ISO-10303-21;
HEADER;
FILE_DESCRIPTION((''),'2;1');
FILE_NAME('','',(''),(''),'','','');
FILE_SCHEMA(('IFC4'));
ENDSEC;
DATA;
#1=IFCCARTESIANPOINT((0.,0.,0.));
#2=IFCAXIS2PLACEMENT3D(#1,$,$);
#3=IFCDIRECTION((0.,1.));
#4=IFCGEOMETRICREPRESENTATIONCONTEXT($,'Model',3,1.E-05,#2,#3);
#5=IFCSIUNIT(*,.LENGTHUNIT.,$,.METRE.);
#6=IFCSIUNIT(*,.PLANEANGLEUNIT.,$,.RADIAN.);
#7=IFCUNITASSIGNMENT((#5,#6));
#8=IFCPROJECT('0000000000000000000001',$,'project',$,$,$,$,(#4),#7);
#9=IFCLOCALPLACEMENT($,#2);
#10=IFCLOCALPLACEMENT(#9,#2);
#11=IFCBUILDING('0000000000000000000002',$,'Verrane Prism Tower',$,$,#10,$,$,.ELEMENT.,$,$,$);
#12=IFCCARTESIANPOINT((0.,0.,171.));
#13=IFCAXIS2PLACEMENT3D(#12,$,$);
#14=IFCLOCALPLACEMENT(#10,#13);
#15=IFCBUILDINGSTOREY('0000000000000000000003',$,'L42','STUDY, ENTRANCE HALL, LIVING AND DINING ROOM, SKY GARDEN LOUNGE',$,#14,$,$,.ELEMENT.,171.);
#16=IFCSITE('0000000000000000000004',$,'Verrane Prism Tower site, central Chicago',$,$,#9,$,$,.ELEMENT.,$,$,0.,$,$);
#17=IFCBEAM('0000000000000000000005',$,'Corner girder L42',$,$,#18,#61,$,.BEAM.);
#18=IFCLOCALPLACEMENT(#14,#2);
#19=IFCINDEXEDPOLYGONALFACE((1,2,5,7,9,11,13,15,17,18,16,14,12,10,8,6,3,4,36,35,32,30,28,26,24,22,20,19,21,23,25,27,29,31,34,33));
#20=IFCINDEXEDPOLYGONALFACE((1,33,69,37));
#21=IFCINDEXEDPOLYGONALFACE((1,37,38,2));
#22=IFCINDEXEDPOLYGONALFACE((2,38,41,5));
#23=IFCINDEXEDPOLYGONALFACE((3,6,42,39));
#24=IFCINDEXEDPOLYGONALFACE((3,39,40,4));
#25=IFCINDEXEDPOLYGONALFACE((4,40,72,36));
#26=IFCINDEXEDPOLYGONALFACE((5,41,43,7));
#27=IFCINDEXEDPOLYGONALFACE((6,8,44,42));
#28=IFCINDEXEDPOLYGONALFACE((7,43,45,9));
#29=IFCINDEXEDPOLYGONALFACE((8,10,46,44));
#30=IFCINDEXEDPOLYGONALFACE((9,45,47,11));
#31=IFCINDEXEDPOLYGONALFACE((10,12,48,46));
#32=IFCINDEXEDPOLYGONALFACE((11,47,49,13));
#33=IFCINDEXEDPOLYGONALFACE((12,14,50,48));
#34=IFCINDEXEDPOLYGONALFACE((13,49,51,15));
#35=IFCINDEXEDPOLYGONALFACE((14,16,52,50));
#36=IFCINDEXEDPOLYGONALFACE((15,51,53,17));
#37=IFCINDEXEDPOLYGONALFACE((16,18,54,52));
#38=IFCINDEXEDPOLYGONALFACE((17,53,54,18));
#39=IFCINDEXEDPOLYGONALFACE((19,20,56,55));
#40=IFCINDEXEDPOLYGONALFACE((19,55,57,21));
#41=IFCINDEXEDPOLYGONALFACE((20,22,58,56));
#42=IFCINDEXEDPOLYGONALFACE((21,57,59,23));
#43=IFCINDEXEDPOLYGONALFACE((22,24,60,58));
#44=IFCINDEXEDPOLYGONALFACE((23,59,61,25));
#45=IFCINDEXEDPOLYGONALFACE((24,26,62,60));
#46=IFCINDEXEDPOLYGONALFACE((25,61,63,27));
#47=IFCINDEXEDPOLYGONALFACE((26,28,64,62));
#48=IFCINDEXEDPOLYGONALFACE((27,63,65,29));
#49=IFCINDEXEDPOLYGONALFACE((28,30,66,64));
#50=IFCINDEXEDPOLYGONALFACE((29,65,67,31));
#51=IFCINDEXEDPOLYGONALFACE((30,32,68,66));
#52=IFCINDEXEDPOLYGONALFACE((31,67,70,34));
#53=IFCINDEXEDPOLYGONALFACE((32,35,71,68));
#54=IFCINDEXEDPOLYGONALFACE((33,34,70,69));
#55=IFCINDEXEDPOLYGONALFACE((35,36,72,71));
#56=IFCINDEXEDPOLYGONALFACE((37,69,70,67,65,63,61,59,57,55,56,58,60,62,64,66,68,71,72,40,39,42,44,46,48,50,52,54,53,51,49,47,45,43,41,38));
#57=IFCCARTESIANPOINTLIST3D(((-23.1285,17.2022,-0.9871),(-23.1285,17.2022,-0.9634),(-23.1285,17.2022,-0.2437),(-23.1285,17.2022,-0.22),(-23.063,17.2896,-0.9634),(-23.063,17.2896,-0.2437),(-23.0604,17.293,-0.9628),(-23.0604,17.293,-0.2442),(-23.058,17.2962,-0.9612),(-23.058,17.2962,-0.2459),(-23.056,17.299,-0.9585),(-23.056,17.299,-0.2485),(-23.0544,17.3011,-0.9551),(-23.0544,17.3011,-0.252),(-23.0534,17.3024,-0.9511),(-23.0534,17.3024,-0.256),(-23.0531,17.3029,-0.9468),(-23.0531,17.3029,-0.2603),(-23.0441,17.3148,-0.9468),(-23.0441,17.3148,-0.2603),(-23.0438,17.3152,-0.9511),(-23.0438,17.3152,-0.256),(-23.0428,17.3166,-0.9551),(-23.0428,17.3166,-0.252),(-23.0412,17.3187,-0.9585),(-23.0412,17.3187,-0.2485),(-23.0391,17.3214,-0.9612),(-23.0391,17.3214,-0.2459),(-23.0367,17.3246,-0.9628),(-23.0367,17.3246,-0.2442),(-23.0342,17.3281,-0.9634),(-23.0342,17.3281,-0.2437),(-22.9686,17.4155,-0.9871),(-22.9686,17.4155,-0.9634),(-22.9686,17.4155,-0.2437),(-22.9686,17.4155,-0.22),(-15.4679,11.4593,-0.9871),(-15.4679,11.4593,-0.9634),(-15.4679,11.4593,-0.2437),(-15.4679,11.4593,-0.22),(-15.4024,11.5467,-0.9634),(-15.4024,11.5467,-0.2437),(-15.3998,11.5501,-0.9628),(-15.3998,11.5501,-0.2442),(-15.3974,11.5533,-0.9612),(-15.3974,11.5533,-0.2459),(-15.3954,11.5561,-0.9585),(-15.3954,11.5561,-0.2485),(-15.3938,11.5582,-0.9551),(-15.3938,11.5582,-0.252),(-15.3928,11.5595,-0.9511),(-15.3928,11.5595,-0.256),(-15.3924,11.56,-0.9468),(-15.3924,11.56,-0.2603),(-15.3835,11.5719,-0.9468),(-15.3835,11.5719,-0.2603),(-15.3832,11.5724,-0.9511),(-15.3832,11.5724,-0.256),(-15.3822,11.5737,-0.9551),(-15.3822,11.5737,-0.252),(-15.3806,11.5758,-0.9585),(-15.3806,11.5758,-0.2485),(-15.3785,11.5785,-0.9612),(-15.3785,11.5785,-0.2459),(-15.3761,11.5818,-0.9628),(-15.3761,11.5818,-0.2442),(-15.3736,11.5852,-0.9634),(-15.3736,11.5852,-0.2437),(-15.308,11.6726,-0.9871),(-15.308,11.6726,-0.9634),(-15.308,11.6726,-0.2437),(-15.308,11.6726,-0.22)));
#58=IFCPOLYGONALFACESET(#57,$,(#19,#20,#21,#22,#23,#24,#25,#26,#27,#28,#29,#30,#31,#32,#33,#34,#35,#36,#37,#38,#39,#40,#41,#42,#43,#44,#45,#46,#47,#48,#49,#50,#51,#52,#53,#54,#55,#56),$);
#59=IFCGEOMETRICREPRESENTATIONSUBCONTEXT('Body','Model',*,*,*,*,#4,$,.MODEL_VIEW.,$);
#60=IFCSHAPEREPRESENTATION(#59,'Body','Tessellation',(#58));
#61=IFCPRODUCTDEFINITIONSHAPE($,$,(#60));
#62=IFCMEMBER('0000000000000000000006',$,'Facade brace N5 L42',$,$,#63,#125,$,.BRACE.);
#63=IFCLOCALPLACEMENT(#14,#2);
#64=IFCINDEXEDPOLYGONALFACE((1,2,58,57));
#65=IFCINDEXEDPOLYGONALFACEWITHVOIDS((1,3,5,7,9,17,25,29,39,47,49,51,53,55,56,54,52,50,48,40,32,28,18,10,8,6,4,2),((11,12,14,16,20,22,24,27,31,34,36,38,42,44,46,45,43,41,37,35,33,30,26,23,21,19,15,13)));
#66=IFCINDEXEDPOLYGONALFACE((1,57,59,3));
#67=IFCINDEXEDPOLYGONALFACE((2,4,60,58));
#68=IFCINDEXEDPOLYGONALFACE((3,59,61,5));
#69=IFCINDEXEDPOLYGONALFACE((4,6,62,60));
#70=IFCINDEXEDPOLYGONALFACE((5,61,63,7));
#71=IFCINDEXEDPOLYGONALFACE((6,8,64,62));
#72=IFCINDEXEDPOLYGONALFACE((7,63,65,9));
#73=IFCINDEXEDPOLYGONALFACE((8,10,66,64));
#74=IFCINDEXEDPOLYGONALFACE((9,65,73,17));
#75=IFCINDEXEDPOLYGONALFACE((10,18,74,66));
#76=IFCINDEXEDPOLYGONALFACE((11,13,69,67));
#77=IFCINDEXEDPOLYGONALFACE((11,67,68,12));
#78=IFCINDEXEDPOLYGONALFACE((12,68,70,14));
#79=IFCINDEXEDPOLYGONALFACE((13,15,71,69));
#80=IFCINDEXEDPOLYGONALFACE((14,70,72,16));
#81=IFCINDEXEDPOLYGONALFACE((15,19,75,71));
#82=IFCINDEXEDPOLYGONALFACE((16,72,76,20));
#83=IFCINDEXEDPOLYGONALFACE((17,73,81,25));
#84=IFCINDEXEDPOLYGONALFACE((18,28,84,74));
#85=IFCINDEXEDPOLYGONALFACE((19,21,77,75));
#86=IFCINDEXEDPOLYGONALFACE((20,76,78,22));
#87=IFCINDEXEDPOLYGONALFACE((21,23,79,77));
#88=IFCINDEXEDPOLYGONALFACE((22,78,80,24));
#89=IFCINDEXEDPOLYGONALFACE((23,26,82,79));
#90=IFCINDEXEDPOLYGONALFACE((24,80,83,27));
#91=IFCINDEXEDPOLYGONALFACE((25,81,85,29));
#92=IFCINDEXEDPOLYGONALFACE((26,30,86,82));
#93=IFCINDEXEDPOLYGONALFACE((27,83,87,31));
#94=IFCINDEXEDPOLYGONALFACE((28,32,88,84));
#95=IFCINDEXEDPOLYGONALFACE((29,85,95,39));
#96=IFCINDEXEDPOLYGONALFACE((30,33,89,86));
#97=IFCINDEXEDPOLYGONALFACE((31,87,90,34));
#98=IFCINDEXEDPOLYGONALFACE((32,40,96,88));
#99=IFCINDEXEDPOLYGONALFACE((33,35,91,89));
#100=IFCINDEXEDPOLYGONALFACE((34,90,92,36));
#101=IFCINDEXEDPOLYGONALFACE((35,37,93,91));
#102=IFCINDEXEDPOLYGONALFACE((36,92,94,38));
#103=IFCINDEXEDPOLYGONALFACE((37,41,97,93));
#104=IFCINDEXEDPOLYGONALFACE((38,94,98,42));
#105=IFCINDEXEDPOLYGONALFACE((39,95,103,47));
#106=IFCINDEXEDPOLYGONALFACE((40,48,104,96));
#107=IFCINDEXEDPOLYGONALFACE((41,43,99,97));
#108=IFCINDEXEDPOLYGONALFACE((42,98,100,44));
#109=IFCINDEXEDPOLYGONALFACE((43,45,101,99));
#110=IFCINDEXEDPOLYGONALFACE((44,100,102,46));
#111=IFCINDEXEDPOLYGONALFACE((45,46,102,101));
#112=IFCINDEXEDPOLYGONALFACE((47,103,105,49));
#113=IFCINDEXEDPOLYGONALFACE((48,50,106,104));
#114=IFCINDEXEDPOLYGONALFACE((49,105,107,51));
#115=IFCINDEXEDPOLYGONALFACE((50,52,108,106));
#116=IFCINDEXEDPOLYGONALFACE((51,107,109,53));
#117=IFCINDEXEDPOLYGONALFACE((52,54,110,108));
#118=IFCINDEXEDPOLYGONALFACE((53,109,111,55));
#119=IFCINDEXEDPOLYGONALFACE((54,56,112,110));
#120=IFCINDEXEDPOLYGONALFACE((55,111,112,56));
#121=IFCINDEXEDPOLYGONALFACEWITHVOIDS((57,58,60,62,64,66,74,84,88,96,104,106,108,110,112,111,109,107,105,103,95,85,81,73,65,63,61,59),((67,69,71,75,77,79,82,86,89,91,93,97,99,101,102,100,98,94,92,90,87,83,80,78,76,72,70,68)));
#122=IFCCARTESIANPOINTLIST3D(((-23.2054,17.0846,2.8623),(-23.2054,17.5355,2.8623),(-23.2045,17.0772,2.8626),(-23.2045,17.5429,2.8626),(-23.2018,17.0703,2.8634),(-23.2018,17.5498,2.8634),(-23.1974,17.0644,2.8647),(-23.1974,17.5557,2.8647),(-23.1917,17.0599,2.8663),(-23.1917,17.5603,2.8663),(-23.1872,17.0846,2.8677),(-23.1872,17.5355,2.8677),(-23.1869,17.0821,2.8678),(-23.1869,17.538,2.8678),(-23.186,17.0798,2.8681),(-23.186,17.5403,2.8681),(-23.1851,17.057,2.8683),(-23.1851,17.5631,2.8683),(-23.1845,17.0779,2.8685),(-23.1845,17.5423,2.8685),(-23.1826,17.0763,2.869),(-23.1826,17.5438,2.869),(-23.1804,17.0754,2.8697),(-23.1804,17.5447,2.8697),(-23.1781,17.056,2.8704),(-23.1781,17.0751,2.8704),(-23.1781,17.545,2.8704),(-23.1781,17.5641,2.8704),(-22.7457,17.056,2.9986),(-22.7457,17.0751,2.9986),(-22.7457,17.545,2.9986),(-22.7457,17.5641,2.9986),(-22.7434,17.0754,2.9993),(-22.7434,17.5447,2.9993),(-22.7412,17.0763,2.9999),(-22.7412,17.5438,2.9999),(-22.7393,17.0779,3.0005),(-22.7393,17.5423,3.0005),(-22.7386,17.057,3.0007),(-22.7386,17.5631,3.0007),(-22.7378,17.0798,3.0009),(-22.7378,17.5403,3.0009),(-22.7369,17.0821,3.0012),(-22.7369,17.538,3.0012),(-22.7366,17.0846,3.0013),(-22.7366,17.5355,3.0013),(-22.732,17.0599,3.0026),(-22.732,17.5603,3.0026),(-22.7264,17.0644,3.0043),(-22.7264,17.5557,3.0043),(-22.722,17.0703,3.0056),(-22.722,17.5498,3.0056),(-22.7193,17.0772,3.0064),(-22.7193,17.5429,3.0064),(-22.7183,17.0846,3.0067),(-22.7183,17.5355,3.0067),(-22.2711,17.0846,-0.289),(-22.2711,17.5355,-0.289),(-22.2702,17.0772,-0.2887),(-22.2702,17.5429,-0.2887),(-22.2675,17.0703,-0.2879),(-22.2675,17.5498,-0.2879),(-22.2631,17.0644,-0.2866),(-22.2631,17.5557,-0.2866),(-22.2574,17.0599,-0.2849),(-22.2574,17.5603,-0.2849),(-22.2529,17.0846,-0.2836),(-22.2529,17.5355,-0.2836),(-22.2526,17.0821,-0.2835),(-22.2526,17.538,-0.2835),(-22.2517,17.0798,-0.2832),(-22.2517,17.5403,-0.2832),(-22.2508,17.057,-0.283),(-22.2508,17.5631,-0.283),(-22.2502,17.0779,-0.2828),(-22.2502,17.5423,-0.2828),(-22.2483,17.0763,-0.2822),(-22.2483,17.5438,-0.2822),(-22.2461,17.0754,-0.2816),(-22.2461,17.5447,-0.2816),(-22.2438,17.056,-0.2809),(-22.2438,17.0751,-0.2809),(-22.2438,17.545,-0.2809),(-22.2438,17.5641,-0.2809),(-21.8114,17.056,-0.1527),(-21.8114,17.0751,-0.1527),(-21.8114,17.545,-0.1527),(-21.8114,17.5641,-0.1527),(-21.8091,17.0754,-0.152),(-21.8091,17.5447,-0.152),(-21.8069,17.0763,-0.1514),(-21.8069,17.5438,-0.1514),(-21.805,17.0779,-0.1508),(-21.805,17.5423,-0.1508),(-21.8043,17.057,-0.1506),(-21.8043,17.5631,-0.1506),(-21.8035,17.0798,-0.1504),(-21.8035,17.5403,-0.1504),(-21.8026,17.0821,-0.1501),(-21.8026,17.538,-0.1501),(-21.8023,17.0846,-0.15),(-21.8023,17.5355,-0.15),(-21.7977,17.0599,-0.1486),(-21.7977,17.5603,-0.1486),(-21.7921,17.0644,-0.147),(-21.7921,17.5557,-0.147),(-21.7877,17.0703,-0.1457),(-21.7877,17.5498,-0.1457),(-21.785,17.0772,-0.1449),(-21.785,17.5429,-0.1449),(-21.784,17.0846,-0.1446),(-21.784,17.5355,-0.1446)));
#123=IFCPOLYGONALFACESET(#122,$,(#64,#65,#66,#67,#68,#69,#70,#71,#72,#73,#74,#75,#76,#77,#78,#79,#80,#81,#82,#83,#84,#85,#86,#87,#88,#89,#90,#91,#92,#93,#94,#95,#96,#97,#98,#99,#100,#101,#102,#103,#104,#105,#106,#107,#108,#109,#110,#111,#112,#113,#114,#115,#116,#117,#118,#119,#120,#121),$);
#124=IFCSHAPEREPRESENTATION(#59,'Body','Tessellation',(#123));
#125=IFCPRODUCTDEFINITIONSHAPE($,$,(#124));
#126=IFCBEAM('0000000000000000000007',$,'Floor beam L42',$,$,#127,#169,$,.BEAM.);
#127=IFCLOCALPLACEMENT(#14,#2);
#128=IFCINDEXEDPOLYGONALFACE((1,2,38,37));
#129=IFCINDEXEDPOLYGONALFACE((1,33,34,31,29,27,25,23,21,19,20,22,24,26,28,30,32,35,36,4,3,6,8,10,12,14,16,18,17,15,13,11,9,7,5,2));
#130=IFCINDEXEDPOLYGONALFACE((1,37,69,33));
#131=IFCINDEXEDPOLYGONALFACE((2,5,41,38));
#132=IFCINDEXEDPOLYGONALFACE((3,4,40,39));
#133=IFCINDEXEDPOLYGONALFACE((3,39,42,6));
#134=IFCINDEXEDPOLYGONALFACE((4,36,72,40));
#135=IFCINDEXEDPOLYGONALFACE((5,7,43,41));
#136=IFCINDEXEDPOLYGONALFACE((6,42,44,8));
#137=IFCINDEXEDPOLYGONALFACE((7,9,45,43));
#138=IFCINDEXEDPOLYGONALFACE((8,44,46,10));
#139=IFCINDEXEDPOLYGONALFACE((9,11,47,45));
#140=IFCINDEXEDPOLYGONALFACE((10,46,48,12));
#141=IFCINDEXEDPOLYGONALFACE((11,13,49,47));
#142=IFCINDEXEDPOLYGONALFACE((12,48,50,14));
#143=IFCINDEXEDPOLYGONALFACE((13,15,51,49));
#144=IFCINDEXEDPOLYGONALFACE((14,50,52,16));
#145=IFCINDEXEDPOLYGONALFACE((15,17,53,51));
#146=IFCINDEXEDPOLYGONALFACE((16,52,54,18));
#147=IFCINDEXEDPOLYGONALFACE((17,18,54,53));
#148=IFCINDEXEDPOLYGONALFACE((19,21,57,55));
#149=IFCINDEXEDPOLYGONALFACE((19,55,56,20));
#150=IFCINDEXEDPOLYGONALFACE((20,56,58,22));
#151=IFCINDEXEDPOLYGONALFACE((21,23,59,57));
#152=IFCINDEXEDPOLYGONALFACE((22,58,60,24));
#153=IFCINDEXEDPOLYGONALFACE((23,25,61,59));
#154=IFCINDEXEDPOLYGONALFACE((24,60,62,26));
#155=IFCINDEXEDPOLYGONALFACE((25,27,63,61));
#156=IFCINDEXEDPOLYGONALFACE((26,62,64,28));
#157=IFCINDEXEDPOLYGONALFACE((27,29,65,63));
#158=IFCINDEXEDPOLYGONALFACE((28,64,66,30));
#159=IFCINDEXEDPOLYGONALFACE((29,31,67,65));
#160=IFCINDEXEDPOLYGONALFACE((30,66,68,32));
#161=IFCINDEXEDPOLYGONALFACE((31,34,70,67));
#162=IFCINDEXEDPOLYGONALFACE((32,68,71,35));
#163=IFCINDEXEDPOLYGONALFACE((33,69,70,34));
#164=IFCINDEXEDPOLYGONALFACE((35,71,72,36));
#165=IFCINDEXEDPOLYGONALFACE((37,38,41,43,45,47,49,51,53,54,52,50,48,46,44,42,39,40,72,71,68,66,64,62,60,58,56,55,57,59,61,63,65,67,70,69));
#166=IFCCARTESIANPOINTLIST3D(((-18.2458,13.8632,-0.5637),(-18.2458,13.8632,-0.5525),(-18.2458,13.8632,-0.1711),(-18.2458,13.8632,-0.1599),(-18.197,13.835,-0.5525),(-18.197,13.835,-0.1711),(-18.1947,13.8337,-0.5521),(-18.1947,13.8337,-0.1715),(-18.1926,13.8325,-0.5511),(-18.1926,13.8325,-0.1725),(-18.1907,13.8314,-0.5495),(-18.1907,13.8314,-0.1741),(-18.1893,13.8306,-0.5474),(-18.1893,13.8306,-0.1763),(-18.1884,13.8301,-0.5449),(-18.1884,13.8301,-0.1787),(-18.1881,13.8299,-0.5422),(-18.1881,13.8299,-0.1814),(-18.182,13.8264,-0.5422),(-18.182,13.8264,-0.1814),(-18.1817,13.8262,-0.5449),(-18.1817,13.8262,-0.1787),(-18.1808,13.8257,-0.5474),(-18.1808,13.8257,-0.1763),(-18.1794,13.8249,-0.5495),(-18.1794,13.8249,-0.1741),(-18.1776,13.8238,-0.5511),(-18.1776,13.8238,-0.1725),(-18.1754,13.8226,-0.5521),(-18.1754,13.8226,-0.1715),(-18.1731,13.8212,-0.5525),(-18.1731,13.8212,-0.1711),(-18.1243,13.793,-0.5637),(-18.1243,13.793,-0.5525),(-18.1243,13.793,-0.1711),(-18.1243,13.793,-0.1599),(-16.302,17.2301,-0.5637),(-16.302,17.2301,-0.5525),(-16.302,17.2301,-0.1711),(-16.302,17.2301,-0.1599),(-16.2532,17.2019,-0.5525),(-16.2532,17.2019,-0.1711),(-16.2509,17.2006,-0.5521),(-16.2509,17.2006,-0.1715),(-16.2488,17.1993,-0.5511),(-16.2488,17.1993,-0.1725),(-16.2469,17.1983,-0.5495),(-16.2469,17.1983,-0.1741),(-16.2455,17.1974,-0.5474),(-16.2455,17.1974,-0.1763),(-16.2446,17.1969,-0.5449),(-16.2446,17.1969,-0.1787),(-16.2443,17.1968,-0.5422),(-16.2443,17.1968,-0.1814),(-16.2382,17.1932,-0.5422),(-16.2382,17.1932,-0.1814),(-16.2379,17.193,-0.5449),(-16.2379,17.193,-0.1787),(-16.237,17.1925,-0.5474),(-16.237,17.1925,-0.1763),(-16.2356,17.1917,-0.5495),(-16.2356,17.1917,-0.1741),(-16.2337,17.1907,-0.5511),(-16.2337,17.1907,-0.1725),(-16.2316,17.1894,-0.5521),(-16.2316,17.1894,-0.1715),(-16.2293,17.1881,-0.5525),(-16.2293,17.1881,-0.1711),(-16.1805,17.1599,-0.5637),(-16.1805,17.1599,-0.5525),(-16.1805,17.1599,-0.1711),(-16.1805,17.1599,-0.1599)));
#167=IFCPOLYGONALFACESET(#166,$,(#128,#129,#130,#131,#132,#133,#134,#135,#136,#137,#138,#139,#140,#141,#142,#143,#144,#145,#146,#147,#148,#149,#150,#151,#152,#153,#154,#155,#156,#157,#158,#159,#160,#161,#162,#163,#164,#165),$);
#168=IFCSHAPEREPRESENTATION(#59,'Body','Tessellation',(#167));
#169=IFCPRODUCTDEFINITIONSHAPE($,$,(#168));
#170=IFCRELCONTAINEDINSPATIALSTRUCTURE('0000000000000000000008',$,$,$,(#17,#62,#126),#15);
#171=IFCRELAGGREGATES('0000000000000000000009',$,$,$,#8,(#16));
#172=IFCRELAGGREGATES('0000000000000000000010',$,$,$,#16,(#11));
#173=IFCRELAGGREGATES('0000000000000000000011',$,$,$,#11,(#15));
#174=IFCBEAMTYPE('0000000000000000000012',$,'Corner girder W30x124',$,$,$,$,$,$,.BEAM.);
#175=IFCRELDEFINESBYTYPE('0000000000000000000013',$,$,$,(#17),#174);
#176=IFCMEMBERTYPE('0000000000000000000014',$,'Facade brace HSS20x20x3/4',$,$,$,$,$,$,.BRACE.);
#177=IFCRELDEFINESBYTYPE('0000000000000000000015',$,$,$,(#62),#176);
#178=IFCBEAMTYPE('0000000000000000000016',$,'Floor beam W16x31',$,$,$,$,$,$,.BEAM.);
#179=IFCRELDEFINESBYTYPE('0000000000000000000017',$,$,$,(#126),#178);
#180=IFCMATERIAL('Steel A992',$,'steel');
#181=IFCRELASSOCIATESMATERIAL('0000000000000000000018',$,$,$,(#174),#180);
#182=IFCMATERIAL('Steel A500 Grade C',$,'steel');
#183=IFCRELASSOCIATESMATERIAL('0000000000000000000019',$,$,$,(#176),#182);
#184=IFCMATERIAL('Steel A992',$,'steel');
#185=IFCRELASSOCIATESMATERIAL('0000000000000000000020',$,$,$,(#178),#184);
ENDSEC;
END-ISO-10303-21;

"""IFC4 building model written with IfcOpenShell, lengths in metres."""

from ifc_helpers import new_model, si_unit, direction, frame, origin, origin_2d, place, context, subcontext, project, spatial, hollow_rectangle, i_section, extrude, material, material_profile, profile_set, type_object, element, save


model = new_model("IFC4")

# Units and contexts
model_context = context("Model", 3, precision=1e-05, world=origin(), true_north=direction((0.0, 1.0)))
body_context = subcontext(model_context, "Body", "Model", "MODEL_VIEW")
ifc_project = project(units=[si_unit("LENGTHUNIT", "METRE"), si_unit("PLANEANGLEUNIT", "RADIAN")], contexts=[model_context])

# Site, building, storey
site_placement = place(None, origin())
site = spatial("IfcSite", under=ifc_project, at=site_placement, Name="Verrane Prism Tower site, central Chicago", CompositionType="ELEMENT", RefElevation=0.0)
building_placement = place(site_placement, origin())
building = spatial("IfcBuilding", under=site, at=building_placement, Name="Verrane Prism Tower", CompositionType="ELEMENT")
storey_placement = place(building_placement, frame((0.0, 0.0, 171.0)))
storey = spatial("IfcBuildingStorey", under=building, at=storey_placement, Name="L42", Description="STUDY, ENTRANCE HALL, LIVING AND DINING ROOM, SKY GARDEN LOUNGE", CompositionType="ELEMENT", Elevation=171.0)

# Beam
ifc_material_1 = material(Name="Steel A992", Category="steel")
ifc_material_profile_1 = material_profile(ifc_material_1, i_section(OverallWidth=0.2666, OverallDepth=0.7671, WebThickness=0.0149, FlangeThickness=0.0237, FilletRadius=0.0166, at=origin_2d()), Name="W30x124")
ifc_profile_set_1 = profile_set([ifc_material_profile_1], Name="Steel A992")
beam_type_1 = type_object("IfcBeamType", Name="Corner girder W30x124", PredefinedType="BEAM", material=ifc_profile_set_1)
beam_1_placement = place(storey_placement, frame((-23.0486, 17.3088, -0.6035), z_axis=(0.800128, -0.599829, 0.0), x_axis=(0.599829, 0.800128, 0.0)))
element("IfcBeam", 1, at=beam_1_placement, inside=storey, type_object=beam_type_1, Name="Corner girder L42", PredefinedType="BEAM", context=body_context, shape_type="SweptSolid", body=[
    extrude(i_section(OverallWidth=0.2666, OverallDepth=0.7671, WebThickness=0.0149, FlangeThickness=0.0237, FilletRadius=0.0166, at=origin_2d()), origin(), (0.0, 0.0, 1.0), 9.5742),
])

# Member
ifc_material_2 = material(Name="Steel A500 Grade C", Category="steel")
ifc_material_profile_2 = material_profile(ifc_material_2, hollow_rectangle(XDim=0.5081, YDim=0.5081, WallThickness=0.019, InnerFilletRadius=0.0095, OuterFilletRadius=0.0286, at=origin_2d()), Name="HSS20x20x3/4")
ifc_profile_set_2 = profile_set([ifc_material_profile_2], Name="Steel A500 Grade C")
member_type_1 = type_object("IfcMemberType", Name="Facade brace HSS20x20x3/4", PredefinedType="BRACE", material=ifc_profile_set_2)
member_1_placement = place(storey_placement, frame((-22.0276, 17.3101, -0.2168), z_axis=(-0.284253, 0.0, 0.958749), x_axis=(0.0, -1.0, 0.0)))
element("IfcMember", 2, at=member_1_placement, inside=storey, type_object=member_type_1, Name="Facade brace N5 L42", PredefinedType="BRACE", context=body_context, shape_type="SweptSolid", body=[
    extrude(hollow_rectangle(XDim=0.5081, YDim=0.5081, WallThickness=0.019, InnerFilletRadius=0.0095, OuterFilletRadius=0.0286, at=origin_2d()), origin(), (0.0, 0.0, 1.0), 3.2869),
])

# Beam
ifc_material_3 = material(Name="Steel A992", Category="steel")
ifc_material_profile_3 = material_profile(ifc_material_3, i_section(OverallWidth=0.1404, OverallDepth=0.4038, WebThickness=0.0071, FlangeThickness=0.0112, FilletRadius=0.0103, at=origin_2d()), Name="W16x31")
ifc_profile_set_3 = profile_set([ifc_material_profile_3], Name="Steel A992")
beam_type_2 = type_object("IfcBeamType", Name="Floor beam W16x31", PredefinedType="BEAM", material=ifc_profile_set_3)
beam_2_placement = place(storey_placement, frame((-18.1851, 13.8281, -0.3618), z_axis=(0.499989, 0.866032, 0.0), x_axis=(-0.866032, 0.499989, 0.0)))
element("IfcBeam", 3, at=beam_2_placement, inside=storey, type_object=beam_type_2, Name="Floor beam L42", PredefinedType="BEAM", context=body_context, shape_type="SweptSolid", body=[
    extrude(i_section(OverallWidth=0.1404, OverallDepth=0.4038, WebThickness=0.0071, FlangeThickness=0.0112, FilletRadius=0.0103, at=origin_2d()), origin(), (0.0, 0.0, 1.0), 3.8877),
])

save(model, "model.ifc")
